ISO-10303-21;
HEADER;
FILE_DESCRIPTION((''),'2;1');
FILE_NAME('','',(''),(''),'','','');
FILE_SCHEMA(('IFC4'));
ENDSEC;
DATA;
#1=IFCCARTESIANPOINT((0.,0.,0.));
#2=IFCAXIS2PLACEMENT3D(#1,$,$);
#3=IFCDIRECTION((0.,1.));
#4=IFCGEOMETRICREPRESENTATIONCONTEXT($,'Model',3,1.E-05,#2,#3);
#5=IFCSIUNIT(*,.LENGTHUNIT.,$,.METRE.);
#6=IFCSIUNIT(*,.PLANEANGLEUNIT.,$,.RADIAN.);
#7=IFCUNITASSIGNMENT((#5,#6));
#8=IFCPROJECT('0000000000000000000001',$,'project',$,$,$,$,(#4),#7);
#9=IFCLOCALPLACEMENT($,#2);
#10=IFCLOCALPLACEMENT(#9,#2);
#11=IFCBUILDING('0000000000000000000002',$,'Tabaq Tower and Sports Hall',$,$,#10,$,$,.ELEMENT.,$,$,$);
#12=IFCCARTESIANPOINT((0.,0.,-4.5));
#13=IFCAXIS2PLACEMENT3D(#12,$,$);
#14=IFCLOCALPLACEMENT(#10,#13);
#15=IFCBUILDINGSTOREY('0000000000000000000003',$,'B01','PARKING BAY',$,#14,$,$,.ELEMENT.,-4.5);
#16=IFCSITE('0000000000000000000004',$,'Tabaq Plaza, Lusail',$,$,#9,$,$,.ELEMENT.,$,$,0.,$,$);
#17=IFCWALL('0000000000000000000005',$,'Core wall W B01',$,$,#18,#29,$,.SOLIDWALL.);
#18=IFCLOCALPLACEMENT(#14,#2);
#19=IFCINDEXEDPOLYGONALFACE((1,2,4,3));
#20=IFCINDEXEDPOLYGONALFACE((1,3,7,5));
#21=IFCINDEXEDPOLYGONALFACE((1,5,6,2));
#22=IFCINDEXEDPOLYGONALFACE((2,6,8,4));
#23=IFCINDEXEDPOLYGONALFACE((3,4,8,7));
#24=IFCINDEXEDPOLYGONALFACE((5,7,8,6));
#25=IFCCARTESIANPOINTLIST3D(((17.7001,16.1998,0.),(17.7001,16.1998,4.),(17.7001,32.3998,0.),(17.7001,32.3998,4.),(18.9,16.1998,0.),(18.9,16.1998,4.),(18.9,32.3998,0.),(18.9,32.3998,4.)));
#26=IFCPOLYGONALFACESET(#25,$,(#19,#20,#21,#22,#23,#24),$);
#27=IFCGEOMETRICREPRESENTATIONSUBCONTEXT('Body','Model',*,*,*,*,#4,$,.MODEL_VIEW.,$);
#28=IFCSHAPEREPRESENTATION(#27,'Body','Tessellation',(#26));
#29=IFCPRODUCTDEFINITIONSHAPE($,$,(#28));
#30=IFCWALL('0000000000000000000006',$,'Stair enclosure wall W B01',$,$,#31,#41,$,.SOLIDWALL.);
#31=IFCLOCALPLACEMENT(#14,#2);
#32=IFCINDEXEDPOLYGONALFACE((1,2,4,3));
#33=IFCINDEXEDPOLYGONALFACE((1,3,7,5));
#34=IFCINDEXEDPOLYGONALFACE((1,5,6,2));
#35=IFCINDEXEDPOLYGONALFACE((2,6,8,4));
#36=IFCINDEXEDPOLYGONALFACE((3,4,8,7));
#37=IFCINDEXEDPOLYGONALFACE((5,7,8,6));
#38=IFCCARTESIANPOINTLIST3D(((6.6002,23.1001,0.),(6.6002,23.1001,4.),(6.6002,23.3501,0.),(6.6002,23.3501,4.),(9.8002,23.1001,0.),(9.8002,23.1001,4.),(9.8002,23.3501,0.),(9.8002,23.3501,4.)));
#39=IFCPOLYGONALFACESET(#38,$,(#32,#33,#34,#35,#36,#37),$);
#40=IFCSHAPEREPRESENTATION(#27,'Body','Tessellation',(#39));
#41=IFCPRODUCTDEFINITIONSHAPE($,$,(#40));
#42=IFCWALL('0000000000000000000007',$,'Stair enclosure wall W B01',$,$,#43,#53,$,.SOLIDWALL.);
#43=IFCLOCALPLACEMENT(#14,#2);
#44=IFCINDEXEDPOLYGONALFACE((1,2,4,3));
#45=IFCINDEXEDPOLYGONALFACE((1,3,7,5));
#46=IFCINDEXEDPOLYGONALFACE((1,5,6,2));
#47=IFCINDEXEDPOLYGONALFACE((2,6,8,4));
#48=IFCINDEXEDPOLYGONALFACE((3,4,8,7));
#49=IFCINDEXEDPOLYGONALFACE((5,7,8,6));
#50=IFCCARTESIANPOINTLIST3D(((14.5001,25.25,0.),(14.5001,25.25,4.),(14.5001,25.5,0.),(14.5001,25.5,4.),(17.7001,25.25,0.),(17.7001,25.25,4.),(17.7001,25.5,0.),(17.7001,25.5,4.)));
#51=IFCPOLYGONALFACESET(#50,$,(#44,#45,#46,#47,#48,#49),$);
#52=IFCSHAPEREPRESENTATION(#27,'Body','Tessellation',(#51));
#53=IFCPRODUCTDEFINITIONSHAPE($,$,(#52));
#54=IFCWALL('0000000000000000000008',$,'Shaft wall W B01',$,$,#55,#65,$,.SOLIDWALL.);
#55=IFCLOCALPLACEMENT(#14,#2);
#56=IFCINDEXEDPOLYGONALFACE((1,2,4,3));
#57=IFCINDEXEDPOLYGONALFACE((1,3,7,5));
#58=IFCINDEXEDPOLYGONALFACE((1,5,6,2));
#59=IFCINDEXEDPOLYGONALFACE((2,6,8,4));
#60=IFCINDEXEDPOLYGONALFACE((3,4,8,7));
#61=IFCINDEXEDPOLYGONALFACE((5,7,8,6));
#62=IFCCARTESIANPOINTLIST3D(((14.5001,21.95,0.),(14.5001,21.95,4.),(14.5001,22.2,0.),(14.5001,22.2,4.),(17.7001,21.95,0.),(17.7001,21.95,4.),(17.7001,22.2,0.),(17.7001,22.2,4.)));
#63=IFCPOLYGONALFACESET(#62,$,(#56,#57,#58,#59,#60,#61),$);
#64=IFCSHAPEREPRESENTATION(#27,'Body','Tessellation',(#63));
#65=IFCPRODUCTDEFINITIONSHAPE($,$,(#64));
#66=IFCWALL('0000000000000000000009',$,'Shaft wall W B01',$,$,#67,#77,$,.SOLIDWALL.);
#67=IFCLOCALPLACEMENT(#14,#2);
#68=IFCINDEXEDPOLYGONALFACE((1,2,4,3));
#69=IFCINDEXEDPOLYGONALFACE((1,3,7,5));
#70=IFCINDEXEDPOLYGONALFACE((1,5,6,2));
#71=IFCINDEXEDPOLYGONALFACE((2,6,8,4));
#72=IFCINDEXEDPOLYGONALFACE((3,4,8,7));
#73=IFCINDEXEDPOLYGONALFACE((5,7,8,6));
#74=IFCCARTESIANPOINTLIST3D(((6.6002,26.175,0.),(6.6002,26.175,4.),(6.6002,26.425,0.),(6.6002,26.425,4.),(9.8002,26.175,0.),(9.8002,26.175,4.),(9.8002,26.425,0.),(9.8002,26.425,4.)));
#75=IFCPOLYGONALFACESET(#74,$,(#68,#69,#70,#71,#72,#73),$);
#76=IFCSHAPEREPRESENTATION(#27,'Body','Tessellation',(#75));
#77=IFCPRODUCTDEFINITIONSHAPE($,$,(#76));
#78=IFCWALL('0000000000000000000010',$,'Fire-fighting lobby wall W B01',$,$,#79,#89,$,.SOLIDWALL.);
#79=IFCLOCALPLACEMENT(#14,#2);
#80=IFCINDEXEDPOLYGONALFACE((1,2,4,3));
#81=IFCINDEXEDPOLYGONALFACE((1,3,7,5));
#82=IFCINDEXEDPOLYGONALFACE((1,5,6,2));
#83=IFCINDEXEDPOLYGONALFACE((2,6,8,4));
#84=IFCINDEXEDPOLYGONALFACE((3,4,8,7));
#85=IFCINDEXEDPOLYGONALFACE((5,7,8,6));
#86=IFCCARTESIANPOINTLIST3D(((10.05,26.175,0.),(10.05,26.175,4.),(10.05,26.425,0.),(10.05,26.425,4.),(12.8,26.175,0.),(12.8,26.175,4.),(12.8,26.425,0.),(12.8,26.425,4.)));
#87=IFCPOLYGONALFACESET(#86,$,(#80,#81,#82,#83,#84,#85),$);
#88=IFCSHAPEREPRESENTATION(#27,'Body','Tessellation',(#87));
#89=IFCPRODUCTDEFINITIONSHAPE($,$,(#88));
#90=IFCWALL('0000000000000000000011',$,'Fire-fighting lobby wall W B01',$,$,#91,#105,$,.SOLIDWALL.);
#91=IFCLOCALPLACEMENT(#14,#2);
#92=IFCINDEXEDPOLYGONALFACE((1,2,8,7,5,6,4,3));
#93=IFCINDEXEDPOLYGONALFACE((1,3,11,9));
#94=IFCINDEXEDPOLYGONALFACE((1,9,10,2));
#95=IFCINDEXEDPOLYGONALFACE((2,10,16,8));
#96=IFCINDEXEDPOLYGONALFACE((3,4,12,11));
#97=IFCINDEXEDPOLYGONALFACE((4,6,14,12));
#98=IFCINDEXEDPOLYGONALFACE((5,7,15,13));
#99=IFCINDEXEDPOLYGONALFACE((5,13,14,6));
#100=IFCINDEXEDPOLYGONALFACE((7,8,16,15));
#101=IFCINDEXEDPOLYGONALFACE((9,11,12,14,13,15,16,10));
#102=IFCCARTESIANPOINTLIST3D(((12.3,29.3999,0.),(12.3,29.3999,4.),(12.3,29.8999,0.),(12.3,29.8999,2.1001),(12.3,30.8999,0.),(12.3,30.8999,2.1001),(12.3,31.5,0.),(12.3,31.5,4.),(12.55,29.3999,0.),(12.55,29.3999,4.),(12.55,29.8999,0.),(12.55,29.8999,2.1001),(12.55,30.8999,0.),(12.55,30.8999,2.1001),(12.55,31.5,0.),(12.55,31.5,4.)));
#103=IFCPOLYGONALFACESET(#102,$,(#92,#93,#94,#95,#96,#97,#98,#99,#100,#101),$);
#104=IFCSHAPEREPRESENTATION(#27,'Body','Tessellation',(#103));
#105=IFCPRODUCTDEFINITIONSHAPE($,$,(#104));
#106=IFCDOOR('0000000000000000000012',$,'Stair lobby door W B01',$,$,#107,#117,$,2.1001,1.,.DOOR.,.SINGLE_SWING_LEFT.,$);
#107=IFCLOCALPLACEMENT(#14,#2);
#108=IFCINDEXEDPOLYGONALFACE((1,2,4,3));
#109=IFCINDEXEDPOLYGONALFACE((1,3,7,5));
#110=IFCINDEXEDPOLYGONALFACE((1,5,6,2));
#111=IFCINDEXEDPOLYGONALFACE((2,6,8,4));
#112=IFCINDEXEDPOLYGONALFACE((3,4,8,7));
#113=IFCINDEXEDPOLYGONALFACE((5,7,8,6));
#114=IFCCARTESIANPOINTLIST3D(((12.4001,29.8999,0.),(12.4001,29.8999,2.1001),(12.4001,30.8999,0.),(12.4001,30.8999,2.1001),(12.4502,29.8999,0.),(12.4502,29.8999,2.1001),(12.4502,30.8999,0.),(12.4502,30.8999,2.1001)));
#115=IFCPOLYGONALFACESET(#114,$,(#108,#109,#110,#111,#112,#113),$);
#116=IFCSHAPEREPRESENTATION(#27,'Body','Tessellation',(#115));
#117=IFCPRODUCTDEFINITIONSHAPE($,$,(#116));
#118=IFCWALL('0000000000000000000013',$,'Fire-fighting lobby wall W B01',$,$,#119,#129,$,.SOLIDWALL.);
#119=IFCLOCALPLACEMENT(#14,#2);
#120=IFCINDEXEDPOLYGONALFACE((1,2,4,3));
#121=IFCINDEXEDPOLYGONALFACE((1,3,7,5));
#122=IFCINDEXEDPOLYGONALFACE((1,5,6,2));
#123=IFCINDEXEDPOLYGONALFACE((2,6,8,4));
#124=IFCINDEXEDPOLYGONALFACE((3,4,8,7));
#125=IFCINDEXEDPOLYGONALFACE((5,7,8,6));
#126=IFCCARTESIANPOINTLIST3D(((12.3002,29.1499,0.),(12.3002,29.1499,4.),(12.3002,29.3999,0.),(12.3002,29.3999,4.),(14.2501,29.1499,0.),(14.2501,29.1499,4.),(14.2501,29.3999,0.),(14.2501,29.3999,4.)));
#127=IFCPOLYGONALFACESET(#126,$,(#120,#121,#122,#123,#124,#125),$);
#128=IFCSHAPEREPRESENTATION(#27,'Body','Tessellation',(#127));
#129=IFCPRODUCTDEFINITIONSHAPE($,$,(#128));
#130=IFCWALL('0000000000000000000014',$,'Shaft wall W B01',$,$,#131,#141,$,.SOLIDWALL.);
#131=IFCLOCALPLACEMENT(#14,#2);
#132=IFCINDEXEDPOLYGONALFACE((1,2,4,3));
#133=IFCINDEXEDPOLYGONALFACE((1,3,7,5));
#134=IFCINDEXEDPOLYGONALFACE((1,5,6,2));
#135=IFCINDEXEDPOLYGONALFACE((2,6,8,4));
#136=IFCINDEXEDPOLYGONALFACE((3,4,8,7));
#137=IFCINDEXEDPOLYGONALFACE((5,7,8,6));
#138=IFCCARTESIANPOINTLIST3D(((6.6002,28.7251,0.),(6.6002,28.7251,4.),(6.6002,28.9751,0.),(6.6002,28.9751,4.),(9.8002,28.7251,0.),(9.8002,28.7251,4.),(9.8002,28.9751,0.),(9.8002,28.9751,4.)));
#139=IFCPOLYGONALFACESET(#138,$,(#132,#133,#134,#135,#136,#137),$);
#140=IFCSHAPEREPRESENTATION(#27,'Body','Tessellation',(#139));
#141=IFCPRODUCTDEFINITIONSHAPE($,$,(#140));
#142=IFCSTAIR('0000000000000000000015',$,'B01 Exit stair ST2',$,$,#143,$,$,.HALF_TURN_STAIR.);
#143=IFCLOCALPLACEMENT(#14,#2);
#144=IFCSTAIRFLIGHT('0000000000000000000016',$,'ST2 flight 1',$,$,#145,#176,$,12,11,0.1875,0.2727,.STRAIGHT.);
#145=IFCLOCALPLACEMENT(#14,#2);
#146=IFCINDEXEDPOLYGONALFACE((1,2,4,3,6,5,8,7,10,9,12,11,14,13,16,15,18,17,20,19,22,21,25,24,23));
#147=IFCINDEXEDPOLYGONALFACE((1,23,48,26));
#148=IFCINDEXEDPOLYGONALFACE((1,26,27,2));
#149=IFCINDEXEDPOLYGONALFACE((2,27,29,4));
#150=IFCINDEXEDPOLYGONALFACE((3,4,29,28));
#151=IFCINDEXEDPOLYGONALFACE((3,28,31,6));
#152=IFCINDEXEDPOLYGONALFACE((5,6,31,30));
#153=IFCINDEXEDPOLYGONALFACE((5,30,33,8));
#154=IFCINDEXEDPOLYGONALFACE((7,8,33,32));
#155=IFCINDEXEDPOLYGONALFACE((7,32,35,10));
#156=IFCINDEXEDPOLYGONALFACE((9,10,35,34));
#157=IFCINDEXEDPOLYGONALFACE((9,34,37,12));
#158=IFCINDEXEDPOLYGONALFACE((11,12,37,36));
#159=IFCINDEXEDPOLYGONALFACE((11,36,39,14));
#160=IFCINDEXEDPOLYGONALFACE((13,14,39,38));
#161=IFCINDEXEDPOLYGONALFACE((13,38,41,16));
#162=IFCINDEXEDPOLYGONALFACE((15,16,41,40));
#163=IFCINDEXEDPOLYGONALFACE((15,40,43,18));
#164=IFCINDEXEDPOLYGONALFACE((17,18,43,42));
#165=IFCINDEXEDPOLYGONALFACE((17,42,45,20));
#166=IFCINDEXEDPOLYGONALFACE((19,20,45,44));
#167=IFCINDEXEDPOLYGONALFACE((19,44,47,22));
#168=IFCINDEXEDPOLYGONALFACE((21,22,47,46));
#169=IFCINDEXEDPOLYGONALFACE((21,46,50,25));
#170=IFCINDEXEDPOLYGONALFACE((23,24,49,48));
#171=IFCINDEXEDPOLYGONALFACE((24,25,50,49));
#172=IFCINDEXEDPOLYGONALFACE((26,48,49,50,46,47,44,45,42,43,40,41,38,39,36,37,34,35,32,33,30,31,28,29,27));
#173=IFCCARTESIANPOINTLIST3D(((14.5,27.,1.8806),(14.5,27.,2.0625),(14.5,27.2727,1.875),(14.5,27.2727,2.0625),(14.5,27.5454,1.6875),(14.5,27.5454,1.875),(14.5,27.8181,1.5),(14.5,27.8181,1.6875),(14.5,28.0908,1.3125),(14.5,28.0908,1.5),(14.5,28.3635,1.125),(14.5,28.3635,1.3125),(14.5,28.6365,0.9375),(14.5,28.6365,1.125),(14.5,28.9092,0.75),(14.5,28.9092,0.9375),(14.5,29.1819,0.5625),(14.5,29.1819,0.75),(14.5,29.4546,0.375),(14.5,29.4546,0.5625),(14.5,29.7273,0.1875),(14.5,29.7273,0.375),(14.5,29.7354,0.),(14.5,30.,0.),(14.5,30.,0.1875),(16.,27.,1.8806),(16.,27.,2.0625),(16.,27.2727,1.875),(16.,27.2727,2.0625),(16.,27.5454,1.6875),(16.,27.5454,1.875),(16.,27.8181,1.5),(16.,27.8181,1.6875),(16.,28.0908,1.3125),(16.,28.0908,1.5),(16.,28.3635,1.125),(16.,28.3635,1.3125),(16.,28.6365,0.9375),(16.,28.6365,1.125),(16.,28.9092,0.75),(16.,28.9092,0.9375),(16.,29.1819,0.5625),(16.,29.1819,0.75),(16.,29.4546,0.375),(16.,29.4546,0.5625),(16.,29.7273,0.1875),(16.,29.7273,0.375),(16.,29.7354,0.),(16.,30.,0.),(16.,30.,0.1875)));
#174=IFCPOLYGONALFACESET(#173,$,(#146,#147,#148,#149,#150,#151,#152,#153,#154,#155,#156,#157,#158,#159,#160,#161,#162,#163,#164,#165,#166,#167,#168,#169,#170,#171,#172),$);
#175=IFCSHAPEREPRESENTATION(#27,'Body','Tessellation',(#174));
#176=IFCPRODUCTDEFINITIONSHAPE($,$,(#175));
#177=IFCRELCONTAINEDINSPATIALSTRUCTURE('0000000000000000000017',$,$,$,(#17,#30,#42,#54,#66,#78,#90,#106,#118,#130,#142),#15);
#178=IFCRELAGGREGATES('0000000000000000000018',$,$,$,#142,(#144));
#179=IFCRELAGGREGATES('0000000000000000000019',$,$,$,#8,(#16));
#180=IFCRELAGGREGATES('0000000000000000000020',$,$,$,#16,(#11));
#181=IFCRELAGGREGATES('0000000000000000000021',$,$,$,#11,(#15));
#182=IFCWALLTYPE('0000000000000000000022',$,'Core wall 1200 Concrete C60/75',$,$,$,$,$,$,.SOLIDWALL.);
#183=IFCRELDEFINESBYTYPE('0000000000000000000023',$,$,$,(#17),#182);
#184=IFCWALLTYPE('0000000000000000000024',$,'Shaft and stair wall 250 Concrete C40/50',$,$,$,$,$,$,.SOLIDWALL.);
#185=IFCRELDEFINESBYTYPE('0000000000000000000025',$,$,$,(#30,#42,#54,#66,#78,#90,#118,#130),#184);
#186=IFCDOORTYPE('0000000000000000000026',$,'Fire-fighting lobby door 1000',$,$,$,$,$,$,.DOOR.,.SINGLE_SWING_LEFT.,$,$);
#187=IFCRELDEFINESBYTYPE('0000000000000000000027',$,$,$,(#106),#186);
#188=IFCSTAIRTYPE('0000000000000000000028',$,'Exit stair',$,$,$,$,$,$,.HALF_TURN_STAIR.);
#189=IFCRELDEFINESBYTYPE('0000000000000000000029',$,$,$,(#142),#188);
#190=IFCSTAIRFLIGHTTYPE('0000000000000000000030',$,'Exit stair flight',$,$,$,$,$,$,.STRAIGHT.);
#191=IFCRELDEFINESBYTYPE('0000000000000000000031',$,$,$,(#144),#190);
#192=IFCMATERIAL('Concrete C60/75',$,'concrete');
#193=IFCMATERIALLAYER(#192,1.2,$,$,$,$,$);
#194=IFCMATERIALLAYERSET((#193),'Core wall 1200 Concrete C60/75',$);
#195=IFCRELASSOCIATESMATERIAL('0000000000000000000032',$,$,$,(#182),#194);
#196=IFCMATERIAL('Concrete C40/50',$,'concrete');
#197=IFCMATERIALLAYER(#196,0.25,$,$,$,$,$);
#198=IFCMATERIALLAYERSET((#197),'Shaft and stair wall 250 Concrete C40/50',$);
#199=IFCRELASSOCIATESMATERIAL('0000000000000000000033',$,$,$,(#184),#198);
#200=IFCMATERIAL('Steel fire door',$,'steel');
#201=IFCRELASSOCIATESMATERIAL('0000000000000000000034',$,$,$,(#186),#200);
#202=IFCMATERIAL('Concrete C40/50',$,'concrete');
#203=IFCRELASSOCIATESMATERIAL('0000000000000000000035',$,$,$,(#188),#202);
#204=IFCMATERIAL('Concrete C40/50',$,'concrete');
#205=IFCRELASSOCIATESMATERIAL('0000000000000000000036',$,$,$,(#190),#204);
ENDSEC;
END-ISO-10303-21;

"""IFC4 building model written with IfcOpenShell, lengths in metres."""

from ifc_helpers import new_model, si_unit, direction, frame, frame_2d, origin, place, context, subcontext, project, spatial, polyline, rectangle, outline, extrude, material, layer, layer_set, type_object, element, fill, aggregate, save


model = new_model("IFC4")

# Units and contexts
model_context = context("Model", 3, precision=1e-05, world=origin(), true_north=direction((0.0, 1.0)))
body_context = subcontext(model_context, "Body", "Model", "MODEL_VIEW")
ifc_project = project(units=[si_unit("LENGTHUNIT", "METRE"), si_unit("PLANEANGLEUNIT", "RADIAN")], contexts=[model_context])

# Site, building, storey
site_placement = place(None, origin())
site = spatial("IfcSite", under=ifc_project, at=site_placement, Name="Tabaq Plaza, Lusail", CompositionType="ELEMENT", RefElevation=0.0)
building_placement = place(site_placement, origin())
building = spatial("IfcBuilding", under=site, at=building_placement, Name="Tabaq Tower and Sports Hall", CompositionType="ELEMENT")
storey_placement = place(building_placement, frame((0.0, 0.0, -4.5)))
storey = spatial("IfcBuildingStorey", under=building, at=storey_placement, Name="B01", Description="PARKING BAY", CompositionType="ELEMENT", Elevation=-4.5)

# Wall
ifc_material_1 = material(Name="Concrete C60/75", Category="concrete")
ifc_layer_1 = layer(ifc_material_1, 1.2)
ifc_layer_set_1 = layer_set([ifc_layer_1], Name="Core wall 1200 Concrete C60/75")
wall_type_1 = type_object("IfcWallType", Name="Core wall 1200 Concrete C60/75", PredefinedType="SOLIDWALL", material=ifc_layer_set_1)
wall_1_placement = place(storey_placement, frame((18.3, 32.3999, 0.0), z_axis=(0.0, 0.0, 1.0), x_axis=(0.0, -1.0, 0.0)))
element("IfcWall", 1, at=wall_1_placement, inside=storey, type_object=wall_type_1, Name="Core wall W B01", PredefinedType="SOLIDWALL", context=body_context, shape_type="SweptSolid", body=[
    extrude(rectangle(XDim=16.2, YDim=1.2, at=frame_2d((8.1001, 0.0))), origin(), (0.0, 0.0, 1.0), 4.0),
])

# Walls
ifc_material_2 = material(Name="Concrete C40/50", Category="concrete")
ifc_layer_2 = layer(ifc_material_2, 0.25)
ifc_layer_set_2 = layer_set([ifc_layer_2], Name="Shaft and stair wall 250 Concrete C40/50")
wall_type_2 = type_object("IfcWallType", Name="Shaft and stair wall 250 Concrete C40/50", PredefinedType="SOLIDWALL", material=ifc_layer_set_2)
for number, where, z_axis, x_axis, name in (
    (2, (6.6001, 23.2251, 0.0), (0.0, 0.0, 1.0), (1.0, 0.0, 0.0), "Stair enclosure wall W B01"),
    (3, (14.5, 25.375, 0.0), (0.0, 0.0, 1.0), (1.0, 0.0, 0.0), "Stair enclosure wall W B01"),
    (4, (14.5, 22.075, 0.0), (0.0, 0.0, 1.0), (1.0, 0.0, 0.0), "Shaft wall W B01"),
    (5, (6.6001, 26.3, 0.0), (0.0, 0.0, 1.0), (1.0, 0.0, 0.0), "Shaft wall W B01"),
):
    element("IfcWall", number, at=place(storey_placement, frame(where, z_axis=z_axis, x_axis=x_axis)), inside=storey, type_object=wall_type_2, Name=name, PredefinedType="SOLIDWALL", context=body_context, shape_type="SweptSolid", body=[
        extrude(rectangle(XDim=3.2, YDim=0.25, at=frame_2d((1.6001, 0.0))), origin(), (0.0, 0.0, 1.0), 4.0),
    ])
wall_2_placement = place(storey_placement, frame((10.05, 26.3, 0.0), z_axis=(0.0, 0.0, 1.0), x_axis=(1.0, 0.0, 0.0)))
element("IfcWall", 6, at=wall_2_placement, inside=storey, type_object=wall_type_2, Name="Fire-fighting lobby wall W B01", PredefinedType="SOLIDWALL", context=body_context, shape_type="SweptSolid", body=[
    extrude(rectangle(XDim=2.75, YDim=0.25, at=frame_2d((1.375, 0.0))), origin(), (0.0, 0.0, 1.0), 4.0),
])

# Wall, opening, door
wall_3_placement = place(storey_placement, frame((12.425, 29.3999, 0.0), z_axis=(0.0, 0.0, 1.0), x_axis=(0.0, 1.0, 0.0)))
wall_3 = element("IfcWall", 7, at=wall_3_placement, inside=storey, type_object=wall_type_2, Name="Fire-fighting lobby wall W B01", PredefinedType="SOLIDWALL", context=body_context, shape_type="SweptSolid", body=[
    extrude(rectangle(XDim=2.1001, YDim=0.25, at=frame_2d((1.05, 0.0))), origin(), (0.0, 0.0, 1.0), 4.0),
])
opening_1_placement = place(wall_3_placement, frame((0.5, 0.0, 0.0)))
opening_1 = element("IfcOpeningElement", 8, at=opening_1_placement, cuts=wall_3, PredefinedType="OPENING", context=body_context, shape_type="SweptSolid", body=[
    extrude(rectangle(XDim=1.0, YDim=2.1001, at=frame_2d((0.5, 1.05))), frame((0.0, 0.125, 0.0), z_axis=(0.0, -1.0, 0.0), x_axis=(1.0, 0.0, 0.0)), (0.0, 0.0, 1.0), 0.25),
])
ifc_material_3 = material(Name="Steel fire door", Category="steel")
door_type_1 = type_object("IfcDoorType", Name="Fire-fighting lobby door 1000", OperationType="SINGLE_SWING_LEFT", PredefinedType="DOOR", material=ifc_material_3)
door_1_placement = place(opening_1_placement, origin())
door_1 = element("IfcDoor", 9, at=door_1_placement, inside=storey, type_object=door_type_1, Name="Stair lobby door W B01", OperationType="SINGLE_SWING_LEFT", OverallHeight=2.1001, OverallWidth=1.0, PredefinedType="DOOR", context=body_context, shape_type="SweptSolid", body=[
    extrude(rectangle(XDim=1.0, YDim=2.1001, at=frame_2d((0.5, 1.05))), frame((0.0, 0.0249, 0.0), z_axis=(0.0, -1.0, 0.0), x_axis=(1.0, 0.0, 0.0)), (0.0, 0.0, 1.0), 0.05),
])
fill(opening_1, door_1)

# Walls
wall_4_placement = place(storey_placement, frame((12.3, 29.2749, 0.0), z_axis=(0.0, 0.0, 1.0), x_axis=(1.0, 0.0, 0.0)))
element("IfcWall", 10, at=wall_4_placement, inside=storey, type_object=wall_type_2, Name="Fire-fighting lobby wall W B01", PredefinedType="SOLIDWALL", context=body_context, shape_type="SweptSolid", body=[
    extrude(rectangle(XDim=1.95, YDim=0.25, at=frame_2d((0.9751, 0.0))), origin(), (0.0, 0.0, 1.0), 4.0),
])
wall_5_placement = place(storey_placement, frame((6.6001, 28.8501, 0.0), z_axis=(0.0, 0.0, 1.0), x_axis=(1.0, 0.0, 0.0)))
element("IfcWall", 11, at=wall_5_placement, inside=storey, type_object=wall_type_2, Name="Shaft wall W B01", PredefinedType="SOLIDWALL", context=body_context, shape_type="SweptSolid", body=[
    extrude(rectangle(XDim=3.2, YDim=0.25, at=frame_2d((1.6001, 0.0))), origin(), (0.0, 0.0, 1.0), 4.0),
])

# Stair, stair flight
ifc_material_4 = material(Name="Concrete C40/50", Category="concrete")
stair_type = type_object("IfcStairType", Name="Exit stair", PredefinedType="HALF_TURN_STAIR", material=ifc_material_4)
stair_placement = place(storey_placement, origin())
stair = element("IfcStair", 12, at=stair_placement, inside=storey, type_object=stair_type, Name="B01 Exit stair ST2", PredefinedType="HALF_TURN_STAIR")
ifc_material_5 = material(Name="Concrete C40/50", Category="concrete")
stair_flight_type = type_object("IfcStairFlightType", Name="Exit stair flight", PredefinedType="STRAIGHT", material=ifc_material_5)
stair_flight_1_placement = place(storey_placement, frame((15.25, 30.0, 0.0), z_axis=(0.0, 0.0, 1.0), x_axis=(0.0, -1.0, 0.0)))
stair_flight_1 = element("IfcStairFlight", 13, at=stair_flight_1_placement, type_object=stair_flight_type, Name="ST2 flight 1", NumberOfRisers=12, NumberOfTreads=11, PredefinedType="STRAIGHT", RiserHeight=0.1875, TreadLength=0.2727, context=body_context, shape_type="SweptSolid", body=[
    extrude(outline(polyline([(0.0, 0.0), (0.0, 0.1875), (0.2727, 0.1875), (0.2727, 0.375), (0.5454, 0.375), (0.5454, 0.5625), (0.8181, 0.5625), (0.8181, 0.75), (1.0908, 0.75), (1.0908, 0.9375), (1.3635, 0.9375), (1.3635, 1.125), (1.6365, 1.125), (1.6365, 1.3125), (1.9092, 1.3125), (1.9092, 1.5), (2.1819, 1.5), (2.1819, 1.6875), (2.4546, 1.6875), (2.4546, 1.875), (2.7273, 1.875), (2.7273, 2.0625), (3.0, 2.0625), (3.0, 2.25), (3.0, 1.8806), (0.2646, 0.0), (0.0, 0.0)])), frame((0.0, 0.75, 0.0), z_axis=(0.0, -1.0, 0.0), x_axis=(1.0, 0.0, 0.0)), (0.0, 0.0, 1.0), 1.5),
])
aggregate(stair, [stair_flight_1])

save(model, "model.ifc")
